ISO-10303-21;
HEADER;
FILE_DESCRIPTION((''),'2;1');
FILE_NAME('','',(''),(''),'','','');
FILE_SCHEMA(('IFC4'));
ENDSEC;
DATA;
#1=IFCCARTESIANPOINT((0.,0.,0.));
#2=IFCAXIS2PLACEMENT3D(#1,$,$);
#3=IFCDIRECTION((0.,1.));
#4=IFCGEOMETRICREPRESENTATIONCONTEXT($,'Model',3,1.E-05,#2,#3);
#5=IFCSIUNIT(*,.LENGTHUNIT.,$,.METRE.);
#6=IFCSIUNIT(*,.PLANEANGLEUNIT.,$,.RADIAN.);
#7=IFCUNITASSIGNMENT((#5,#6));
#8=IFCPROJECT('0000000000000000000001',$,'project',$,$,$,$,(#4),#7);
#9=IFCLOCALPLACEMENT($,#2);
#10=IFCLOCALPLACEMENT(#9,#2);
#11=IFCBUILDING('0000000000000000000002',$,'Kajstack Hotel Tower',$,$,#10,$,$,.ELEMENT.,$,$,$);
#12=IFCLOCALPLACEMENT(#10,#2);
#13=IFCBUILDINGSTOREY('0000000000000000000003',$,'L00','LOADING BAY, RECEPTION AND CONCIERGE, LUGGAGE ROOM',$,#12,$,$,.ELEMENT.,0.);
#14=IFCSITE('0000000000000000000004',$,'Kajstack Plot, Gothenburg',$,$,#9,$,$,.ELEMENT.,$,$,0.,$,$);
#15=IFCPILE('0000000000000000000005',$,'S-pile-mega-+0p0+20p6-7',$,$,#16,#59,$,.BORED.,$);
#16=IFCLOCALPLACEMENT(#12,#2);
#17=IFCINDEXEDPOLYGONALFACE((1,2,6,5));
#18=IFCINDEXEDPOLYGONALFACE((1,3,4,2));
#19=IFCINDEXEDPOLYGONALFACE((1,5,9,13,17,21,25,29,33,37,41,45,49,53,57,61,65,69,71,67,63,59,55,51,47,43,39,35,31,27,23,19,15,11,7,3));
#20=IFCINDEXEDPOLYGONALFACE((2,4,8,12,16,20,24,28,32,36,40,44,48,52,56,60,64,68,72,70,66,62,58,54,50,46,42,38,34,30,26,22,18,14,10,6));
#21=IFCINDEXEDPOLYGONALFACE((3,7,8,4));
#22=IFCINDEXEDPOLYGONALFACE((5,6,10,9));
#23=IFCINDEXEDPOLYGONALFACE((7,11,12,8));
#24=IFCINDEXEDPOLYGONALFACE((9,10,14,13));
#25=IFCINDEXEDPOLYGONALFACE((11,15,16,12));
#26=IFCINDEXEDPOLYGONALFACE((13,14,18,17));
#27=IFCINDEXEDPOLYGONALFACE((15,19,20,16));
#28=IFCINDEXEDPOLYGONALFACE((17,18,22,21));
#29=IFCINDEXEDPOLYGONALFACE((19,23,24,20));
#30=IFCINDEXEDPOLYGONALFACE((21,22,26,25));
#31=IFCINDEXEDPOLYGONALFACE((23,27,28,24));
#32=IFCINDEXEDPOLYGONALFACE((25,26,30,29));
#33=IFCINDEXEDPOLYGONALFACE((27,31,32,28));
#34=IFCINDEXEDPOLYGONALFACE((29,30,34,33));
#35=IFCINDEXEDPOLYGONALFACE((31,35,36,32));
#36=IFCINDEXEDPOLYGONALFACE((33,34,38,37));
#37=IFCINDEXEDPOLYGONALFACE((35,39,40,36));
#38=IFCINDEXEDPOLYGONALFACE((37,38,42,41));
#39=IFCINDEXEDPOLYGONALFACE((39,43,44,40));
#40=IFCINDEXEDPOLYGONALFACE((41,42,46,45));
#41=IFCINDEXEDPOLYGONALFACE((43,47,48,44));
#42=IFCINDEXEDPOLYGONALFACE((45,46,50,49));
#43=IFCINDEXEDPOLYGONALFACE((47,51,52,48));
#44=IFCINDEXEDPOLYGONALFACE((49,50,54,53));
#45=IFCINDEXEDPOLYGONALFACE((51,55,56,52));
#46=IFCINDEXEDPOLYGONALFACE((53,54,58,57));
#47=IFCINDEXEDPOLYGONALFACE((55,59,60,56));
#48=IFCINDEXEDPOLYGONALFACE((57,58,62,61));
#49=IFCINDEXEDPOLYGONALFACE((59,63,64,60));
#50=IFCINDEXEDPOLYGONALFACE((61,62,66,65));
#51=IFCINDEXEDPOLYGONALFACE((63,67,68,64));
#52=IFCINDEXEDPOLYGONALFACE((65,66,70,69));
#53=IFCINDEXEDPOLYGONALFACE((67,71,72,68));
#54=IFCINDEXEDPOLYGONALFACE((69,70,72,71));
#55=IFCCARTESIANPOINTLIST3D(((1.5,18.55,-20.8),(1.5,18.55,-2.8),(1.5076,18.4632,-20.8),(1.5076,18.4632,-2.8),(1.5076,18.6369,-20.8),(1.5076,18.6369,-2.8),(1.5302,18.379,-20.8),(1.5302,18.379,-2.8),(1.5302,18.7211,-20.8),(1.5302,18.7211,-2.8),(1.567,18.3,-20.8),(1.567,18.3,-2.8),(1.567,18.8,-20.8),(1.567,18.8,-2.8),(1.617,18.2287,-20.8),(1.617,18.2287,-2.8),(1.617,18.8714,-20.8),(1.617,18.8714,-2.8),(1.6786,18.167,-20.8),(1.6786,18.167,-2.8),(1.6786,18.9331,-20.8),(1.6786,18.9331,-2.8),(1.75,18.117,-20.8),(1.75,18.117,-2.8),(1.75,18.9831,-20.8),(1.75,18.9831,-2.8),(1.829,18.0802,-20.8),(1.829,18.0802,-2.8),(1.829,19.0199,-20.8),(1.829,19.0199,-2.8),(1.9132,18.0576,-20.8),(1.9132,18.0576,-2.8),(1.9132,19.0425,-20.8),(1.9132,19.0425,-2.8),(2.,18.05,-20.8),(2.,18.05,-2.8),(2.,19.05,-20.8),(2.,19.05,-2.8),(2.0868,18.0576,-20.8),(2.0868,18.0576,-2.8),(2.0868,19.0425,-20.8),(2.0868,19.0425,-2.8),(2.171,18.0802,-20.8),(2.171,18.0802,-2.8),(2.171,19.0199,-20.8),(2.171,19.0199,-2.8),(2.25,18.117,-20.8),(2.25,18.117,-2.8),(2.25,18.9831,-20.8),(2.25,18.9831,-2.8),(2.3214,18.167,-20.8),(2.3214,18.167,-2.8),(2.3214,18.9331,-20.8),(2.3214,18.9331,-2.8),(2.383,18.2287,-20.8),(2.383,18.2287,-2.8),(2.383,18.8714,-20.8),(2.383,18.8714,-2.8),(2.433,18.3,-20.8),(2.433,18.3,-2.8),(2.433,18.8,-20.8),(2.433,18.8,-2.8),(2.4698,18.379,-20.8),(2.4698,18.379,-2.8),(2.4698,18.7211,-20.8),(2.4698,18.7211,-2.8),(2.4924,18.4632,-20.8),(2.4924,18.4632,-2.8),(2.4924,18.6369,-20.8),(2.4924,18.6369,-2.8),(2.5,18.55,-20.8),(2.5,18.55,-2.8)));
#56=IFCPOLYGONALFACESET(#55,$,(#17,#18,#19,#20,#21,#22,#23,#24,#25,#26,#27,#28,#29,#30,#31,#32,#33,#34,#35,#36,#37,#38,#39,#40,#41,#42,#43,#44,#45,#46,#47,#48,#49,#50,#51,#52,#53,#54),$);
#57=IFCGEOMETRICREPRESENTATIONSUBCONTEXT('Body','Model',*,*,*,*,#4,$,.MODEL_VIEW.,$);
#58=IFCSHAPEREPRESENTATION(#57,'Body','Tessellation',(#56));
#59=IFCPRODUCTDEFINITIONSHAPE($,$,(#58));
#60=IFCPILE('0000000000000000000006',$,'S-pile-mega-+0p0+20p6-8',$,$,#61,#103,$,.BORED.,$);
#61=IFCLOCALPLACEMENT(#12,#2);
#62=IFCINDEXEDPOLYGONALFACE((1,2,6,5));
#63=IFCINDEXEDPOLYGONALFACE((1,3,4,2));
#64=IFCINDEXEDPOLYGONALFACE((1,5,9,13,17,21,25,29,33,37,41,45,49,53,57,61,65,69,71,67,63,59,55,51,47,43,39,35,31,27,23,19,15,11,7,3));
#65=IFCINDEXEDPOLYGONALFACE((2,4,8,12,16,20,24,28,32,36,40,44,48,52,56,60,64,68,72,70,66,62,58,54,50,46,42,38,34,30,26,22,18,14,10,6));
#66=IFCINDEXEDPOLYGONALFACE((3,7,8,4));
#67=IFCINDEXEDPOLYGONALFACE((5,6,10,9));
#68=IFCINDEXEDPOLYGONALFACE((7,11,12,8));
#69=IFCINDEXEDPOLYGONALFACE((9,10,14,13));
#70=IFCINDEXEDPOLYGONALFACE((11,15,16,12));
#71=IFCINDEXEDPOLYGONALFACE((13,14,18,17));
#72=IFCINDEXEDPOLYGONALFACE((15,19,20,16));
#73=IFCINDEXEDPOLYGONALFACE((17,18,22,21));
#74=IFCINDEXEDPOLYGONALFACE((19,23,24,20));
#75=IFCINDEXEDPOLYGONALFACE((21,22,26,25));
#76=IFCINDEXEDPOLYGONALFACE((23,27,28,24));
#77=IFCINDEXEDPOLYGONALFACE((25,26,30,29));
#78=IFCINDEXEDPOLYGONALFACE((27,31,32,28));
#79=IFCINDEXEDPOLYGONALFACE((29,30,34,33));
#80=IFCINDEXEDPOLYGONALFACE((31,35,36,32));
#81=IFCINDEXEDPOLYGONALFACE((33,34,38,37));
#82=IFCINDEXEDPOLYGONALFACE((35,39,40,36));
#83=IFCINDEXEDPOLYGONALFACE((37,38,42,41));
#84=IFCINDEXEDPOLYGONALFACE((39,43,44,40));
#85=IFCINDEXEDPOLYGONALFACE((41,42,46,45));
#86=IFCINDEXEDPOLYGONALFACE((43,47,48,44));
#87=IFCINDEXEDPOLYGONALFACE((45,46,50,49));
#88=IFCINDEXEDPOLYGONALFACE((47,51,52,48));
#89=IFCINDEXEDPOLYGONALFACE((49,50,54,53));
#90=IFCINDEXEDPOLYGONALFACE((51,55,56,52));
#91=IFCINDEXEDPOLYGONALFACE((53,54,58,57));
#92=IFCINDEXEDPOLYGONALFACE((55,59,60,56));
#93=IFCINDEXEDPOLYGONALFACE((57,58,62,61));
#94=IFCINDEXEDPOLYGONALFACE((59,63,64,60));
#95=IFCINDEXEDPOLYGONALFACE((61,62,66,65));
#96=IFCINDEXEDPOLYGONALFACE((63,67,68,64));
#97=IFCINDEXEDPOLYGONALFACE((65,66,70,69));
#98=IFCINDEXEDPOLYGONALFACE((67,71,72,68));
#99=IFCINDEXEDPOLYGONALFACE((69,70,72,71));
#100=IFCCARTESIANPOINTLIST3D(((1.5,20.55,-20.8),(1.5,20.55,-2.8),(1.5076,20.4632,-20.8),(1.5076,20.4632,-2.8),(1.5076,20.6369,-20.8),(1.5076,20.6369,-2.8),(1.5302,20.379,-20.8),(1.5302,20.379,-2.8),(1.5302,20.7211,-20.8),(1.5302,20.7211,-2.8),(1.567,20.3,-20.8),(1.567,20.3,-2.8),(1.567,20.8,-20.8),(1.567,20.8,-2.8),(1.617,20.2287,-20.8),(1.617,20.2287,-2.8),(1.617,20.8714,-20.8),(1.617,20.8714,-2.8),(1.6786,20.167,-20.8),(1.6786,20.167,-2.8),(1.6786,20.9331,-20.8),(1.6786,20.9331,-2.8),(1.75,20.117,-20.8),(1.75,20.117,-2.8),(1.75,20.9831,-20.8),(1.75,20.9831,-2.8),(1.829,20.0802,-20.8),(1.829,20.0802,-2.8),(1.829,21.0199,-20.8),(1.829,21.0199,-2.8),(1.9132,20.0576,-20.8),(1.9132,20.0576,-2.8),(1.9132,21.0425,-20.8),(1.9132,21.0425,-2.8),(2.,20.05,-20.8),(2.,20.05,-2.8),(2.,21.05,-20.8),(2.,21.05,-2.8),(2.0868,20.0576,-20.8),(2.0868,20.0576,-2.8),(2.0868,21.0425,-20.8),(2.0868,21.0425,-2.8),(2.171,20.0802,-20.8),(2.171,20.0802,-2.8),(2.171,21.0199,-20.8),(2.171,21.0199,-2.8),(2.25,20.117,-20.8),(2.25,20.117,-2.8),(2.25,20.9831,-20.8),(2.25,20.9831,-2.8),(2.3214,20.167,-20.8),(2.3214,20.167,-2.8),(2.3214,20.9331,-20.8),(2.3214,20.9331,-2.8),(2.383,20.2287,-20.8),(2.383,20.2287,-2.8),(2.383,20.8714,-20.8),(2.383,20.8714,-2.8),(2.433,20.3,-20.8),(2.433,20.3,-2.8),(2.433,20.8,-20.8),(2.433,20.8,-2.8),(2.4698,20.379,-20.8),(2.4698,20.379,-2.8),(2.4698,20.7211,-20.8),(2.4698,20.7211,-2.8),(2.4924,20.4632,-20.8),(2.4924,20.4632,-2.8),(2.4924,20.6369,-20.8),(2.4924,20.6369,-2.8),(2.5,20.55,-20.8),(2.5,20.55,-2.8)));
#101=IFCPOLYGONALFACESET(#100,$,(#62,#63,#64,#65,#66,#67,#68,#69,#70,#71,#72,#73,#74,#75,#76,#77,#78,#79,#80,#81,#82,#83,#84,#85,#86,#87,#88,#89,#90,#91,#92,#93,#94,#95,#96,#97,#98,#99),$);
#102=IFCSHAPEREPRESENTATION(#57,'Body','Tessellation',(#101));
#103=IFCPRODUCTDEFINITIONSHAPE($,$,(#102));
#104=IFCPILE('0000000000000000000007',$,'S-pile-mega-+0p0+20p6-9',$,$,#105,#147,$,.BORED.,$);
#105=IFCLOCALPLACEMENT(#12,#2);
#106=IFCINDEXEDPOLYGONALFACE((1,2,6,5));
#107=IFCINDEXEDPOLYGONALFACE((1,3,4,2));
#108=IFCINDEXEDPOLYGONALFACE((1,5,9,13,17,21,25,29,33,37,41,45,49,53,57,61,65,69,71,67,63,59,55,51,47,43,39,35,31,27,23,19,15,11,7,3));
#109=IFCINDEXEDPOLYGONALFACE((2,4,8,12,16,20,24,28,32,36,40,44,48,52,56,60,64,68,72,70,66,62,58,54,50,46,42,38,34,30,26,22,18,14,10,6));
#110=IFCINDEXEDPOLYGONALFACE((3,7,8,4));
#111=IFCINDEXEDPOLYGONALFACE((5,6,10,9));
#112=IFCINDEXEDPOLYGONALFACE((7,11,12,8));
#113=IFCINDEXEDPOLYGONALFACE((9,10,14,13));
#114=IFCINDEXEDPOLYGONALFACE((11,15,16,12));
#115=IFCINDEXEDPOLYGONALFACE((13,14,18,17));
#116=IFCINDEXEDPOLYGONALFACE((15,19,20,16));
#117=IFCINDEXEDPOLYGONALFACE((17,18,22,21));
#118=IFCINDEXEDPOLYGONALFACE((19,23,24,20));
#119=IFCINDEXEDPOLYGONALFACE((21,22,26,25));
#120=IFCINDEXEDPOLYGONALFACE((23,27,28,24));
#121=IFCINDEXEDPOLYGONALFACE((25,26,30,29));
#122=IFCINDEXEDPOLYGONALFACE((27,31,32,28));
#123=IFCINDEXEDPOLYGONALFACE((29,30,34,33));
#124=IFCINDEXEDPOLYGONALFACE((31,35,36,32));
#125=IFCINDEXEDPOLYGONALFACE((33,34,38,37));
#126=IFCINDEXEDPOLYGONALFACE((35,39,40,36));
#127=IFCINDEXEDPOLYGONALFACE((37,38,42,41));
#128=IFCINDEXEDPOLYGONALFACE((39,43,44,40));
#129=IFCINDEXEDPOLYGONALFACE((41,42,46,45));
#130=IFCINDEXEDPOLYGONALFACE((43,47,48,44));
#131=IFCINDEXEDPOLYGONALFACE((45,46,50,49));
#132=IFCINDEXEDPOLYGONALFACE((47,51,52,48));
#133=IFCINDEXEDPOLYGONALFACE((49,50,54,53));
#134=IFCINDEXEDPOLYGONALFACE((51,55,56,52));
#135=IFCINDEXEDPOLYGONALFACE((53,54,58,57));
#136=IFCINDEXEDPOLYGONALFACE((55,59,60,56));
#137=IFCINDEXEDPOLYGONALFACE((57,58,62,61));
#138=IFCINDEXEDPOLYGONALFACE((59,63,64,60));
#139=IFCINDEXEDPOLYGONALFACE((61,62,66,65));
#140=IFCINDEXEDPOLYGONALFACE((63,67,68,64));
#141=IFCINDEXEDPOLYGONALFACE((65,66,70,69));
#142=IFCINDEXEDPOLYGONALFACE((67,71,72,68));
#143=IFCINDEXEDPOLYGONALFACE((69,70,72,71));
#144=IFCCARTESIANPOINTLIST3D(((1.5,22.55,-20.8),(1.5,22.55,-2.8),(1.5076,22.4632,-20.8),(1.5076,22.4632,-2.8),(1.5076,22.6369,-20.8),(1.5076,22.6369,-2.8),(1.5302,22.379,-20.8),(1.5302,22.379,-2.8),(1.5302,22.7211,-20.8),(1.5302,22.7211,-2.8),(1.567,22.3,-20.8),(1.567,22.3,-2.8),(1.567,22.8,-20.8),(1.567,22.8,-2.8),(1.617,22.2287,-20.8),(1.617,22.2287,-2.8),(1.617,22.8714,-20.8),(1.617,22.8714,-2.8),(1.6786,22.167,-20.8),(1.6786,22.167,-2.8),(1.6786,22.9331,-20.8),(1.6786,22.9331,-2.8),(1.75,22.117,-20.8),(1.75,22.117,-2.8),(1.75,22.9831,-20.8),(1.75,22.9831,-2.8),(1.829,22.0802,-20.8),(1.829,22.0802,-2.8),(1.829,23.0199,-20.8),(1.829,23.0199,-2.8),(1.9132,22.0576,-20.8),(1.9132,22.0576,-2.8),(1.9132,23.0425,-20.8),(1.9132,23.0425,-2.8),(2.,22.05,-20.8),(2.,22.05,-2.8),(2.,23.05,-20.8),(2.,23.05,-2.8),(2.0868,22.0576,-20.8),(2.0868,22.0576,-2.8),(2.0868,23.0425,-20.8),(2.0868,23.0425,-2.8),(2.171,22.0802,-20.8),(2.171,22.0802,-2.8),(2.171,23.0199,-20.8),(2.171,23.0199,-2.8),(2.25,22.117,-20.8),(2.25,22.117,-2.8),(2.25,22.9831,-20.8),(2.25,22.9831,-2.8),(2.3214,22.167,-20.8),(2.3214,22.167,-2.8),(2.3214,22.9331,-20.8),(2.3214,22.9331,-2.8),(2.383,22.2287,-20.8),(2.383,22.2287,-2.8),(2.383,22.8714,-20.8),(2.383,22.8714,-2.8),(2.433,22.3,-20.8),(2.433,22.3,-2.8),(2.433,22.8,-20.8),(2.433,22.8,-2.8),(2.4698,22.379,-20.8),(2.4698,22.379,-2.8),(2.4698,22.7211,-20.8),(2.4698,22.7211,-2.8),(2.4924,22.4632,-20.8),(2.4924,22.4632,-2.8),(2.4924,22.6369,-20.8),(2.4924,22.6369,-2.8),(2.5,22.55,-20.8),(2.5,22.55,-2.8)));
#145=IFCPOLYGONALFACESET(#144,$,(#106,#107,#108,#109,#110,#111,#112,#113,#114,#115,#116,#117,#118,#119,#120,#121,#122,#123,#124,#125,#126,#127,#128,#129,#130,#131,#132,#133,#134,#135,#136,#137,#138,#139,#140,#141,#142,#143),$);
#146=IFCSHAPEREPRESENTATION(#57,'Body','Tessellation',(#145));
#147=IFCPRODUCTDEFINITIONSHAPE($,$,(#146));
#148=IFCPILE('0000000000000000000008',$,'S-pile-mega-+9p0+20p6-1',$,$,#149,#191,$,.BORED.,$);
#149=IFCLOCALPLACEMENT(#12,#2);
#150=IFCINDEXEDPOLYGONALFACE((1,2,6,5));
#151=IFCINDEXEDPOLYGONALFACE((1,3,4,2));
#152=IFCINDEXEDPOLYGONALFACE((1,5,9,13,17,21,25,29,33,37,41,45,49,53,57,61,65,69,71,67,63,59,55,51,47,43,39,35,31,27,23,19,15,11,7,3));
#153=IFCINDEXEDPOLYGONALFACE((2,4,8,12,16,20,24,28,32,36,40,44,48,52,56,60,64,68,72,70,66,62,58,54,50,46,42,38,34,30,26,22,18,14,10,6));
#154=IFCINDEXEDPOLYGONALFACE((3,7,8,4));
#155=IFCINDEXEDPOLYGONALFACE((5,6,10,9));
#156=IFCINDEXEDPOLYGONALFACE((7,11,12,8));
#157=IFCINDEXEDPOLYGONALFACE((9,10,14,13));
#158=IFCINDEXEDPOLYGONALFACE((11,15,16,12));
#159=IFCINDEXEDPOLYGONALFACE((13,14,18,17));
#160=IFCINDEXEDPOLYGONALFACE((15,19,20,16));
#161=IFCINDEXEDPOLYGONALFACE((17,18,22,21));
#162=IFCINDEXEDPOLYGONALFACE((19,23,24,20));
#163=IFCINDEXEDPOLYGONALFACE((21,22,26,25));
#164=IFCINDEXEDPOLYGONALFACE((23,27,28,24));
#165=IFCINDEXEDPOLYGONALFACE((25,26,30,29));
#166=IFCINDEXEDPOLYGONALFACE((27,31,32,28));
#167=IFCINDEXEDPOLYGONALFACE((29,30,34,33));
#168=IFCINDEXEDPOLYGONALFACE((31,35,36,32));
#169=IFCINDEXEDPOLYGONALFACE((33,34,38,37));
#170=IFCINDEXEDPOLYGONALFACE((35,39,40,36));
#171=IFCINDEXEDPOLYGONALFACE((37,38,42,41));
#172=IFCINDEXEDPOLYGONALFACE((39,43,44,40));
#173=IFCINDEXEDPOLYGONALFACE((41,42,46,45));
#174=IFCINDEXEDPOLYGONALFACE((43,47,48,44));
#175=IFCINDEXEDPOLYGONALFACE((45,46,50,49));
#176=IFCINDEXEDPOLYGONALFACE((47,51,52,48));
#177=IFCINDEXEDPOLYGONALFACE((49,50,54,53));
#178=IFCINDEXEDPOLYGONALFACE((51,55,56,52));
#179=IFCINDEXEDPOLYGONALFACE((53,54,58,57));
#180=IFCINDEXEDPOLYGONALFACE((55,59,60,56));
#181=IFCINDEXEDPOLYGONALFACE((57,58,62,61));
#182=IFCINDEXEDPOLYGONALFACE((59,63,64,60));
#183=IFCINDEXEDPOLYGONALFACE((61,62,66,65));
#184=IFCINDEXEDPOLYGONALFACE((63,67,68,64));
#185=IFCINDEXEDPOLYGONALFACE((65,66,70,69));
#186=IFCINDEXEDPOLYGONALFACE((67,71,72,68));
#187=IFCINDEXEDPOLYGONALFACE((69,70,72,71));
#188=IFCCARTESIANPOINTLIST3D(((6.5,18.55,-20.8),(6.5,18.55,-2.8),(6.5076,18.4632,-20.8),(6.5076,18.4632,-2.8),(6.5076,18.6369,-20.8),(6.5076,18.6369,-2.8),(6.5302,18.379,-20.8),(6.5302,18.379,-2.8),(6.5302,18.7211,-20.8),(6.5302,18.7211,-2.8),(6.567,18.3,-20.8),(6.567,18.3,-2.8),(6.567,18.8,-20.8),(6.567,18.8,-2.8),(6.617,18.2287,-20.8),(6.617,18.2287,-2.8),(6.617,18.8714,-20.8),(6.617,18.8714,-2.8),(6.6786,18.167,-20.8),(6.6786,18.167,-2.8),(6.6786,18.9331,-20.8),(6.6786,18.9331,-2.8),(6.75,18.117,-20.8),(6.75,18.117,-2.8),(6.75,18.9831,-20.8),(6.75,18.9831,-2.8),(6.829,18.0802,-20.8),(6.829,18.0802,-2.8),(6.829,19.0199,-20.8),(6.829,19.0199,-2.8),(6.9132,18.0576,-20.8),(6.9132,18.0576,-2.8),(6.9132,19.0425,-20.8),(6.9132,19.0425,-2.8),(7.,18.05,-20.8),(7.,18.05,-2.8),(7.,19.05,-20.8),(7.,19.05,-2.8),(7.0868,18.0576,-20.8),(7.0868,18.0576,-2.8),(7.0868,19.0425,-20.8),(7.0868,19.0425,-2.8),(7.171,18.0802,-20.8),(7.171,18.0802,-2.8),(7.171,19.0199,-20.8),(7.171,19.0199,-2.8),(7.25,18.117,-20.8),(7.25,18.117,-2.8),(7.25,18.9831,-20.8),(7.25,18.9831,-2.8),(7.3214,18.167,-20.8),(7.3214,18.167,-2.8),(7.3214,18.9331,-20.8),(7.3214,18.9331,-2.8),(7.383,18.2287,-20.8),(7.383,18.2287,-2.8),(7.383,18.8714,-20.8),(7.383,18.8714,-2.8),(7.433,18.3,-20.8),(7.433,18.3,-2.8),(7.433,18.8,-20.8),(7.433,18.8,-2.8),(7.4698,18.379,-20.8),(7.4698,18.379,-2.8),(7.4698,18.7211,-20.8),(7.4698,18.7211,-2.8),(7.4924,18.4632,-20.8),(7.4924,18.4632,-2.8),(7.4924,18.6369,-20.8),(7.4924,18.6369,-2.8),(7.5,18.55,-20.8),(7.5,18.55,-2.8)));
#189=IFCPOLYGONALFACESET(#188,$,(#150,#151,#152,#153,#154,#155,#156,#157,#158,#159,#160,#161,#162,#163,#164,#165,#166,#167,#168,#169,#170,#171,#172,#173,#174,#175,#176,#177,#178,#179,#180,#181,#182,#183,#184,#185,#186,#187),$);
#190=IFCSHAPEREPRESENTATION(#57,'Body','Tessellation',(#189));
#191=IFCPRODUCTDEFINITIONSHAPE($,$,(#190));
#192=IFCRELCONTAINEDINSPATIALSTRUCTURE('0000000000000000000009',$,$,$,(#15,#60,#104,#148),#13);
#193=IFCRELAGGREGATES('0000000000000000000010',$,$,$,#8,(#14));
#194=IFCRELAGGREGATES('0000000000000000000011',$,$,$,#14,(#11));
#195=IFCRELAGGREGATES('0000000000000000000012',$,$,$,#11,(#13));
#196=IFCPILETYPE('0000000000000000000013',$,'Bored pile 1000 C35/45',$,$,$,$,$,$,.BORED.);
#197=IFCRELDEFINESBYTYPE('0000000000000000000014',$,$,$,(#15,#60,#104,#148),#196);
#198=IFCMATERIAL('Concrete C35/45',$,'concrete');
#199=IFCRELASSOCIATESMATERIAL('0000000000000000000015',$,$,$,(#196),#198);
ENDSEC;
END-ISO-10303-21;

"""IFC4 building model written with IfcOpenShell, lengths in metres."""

from ifc_helpers import new_model, si_unit, direction, frame, origin, origin_2d, place, context, subcontext, project, spatial, circle, extrude, material, material_profile, profile_set, type_object, element, save


model = new_model("IFC4")

# Units and contexts
model_context = context("Model", 3, precision=1e-05, world=origin(), true_north=direction((0.0, 1.0)))
body_context = subcontext(model_context, "Body", "Model", "MODEL_VIEW")
ifc_project = project(units=[si_unit("LENGTHUNIT", "METRE"), si_unit("PLANEANGLEUNIT", "RADIAN")], contexts=[model_context])

# Site, building, storey
site_placement = place(None, origin())
site = spatial("IfcSite", under=ifc_project, at=site_placement, Name="Kajstack Plot, Gothenburg", CompositionType="ELEMENT", RefElevation=0.0)
building_placement = place(site_placement, origin())
building = spatial("IfcBuilding", under=site, at=building_placement, Name="Kajstack Hotel Tower", CompositionType="ELEMENT")
storey_placement = place(building_placement, origin())
storey = spatial("IfcBuildingStorey", under=building, at=storey_placement, Name="L00", Description="LOADING BAY, RECEPTION AND CONCIERGE, LUGGAGE ROOM", CompositionType="ELEMENT", Elevation=0.0)

# Piles
ifc_material_1 = material(Name="Concrete C35/45", Category="concrete")
ifc_material_profile_1 = material_profile(ifc_material_1, circle(Radius=0.5, at=origin_2d()), Name="RC round 1000")
ifc_profile_set_1 = profile_set([ifc_material_profile_1], Name="Concrete C35/45")
pile_type_1 = type_object("IfcPileType", Name="Bored pile 1000 C35/45", PredefinedType="BORED", material=ifc_profile_set_1)
for number, where, z_axis, x_axis, name in (
    (1, (2.0, 18.55, -2.8), (0.0, 0.0, -1.0), (1.0, 0.0, 0.0), "S-pile-mega-+0p0+20p6-7"),
    (2, (2.0, 20.55, -2.8), (0.0, 0.0, -1.0), (1.0, 0.0, 0.0), "S-pile-mega-+0p0+20p6-8"),
    (3, (2.0, 22.55, -2.8), (0.0, 0.0, -1.0), (1.0, 0.0, 0.0), "S-pile-mega-+0p0+20p6-9"),
    (4, (7.0, 18.55, -2.8), (0.0, 0.0, -1.0), (1.0, 0.0, 0.0), "S-pile-mega-+9p0+20p6-1"),
):
    element("IfcPile", number, at=place(storey_placement, frame(where, z_axis=z_axis, x_axis=x_axis)), inside=storey, type_object=pile_type_1, Name=name, PredefinedType="BORED", context=body_context, shape_type="SweptSolid", body=[
        extrude(circle(Radius=0.5, at=origin_2d()), origin(), (0.0, 0.0, 1.0), 18.0),
    ])

save(model, "model.ifc")
